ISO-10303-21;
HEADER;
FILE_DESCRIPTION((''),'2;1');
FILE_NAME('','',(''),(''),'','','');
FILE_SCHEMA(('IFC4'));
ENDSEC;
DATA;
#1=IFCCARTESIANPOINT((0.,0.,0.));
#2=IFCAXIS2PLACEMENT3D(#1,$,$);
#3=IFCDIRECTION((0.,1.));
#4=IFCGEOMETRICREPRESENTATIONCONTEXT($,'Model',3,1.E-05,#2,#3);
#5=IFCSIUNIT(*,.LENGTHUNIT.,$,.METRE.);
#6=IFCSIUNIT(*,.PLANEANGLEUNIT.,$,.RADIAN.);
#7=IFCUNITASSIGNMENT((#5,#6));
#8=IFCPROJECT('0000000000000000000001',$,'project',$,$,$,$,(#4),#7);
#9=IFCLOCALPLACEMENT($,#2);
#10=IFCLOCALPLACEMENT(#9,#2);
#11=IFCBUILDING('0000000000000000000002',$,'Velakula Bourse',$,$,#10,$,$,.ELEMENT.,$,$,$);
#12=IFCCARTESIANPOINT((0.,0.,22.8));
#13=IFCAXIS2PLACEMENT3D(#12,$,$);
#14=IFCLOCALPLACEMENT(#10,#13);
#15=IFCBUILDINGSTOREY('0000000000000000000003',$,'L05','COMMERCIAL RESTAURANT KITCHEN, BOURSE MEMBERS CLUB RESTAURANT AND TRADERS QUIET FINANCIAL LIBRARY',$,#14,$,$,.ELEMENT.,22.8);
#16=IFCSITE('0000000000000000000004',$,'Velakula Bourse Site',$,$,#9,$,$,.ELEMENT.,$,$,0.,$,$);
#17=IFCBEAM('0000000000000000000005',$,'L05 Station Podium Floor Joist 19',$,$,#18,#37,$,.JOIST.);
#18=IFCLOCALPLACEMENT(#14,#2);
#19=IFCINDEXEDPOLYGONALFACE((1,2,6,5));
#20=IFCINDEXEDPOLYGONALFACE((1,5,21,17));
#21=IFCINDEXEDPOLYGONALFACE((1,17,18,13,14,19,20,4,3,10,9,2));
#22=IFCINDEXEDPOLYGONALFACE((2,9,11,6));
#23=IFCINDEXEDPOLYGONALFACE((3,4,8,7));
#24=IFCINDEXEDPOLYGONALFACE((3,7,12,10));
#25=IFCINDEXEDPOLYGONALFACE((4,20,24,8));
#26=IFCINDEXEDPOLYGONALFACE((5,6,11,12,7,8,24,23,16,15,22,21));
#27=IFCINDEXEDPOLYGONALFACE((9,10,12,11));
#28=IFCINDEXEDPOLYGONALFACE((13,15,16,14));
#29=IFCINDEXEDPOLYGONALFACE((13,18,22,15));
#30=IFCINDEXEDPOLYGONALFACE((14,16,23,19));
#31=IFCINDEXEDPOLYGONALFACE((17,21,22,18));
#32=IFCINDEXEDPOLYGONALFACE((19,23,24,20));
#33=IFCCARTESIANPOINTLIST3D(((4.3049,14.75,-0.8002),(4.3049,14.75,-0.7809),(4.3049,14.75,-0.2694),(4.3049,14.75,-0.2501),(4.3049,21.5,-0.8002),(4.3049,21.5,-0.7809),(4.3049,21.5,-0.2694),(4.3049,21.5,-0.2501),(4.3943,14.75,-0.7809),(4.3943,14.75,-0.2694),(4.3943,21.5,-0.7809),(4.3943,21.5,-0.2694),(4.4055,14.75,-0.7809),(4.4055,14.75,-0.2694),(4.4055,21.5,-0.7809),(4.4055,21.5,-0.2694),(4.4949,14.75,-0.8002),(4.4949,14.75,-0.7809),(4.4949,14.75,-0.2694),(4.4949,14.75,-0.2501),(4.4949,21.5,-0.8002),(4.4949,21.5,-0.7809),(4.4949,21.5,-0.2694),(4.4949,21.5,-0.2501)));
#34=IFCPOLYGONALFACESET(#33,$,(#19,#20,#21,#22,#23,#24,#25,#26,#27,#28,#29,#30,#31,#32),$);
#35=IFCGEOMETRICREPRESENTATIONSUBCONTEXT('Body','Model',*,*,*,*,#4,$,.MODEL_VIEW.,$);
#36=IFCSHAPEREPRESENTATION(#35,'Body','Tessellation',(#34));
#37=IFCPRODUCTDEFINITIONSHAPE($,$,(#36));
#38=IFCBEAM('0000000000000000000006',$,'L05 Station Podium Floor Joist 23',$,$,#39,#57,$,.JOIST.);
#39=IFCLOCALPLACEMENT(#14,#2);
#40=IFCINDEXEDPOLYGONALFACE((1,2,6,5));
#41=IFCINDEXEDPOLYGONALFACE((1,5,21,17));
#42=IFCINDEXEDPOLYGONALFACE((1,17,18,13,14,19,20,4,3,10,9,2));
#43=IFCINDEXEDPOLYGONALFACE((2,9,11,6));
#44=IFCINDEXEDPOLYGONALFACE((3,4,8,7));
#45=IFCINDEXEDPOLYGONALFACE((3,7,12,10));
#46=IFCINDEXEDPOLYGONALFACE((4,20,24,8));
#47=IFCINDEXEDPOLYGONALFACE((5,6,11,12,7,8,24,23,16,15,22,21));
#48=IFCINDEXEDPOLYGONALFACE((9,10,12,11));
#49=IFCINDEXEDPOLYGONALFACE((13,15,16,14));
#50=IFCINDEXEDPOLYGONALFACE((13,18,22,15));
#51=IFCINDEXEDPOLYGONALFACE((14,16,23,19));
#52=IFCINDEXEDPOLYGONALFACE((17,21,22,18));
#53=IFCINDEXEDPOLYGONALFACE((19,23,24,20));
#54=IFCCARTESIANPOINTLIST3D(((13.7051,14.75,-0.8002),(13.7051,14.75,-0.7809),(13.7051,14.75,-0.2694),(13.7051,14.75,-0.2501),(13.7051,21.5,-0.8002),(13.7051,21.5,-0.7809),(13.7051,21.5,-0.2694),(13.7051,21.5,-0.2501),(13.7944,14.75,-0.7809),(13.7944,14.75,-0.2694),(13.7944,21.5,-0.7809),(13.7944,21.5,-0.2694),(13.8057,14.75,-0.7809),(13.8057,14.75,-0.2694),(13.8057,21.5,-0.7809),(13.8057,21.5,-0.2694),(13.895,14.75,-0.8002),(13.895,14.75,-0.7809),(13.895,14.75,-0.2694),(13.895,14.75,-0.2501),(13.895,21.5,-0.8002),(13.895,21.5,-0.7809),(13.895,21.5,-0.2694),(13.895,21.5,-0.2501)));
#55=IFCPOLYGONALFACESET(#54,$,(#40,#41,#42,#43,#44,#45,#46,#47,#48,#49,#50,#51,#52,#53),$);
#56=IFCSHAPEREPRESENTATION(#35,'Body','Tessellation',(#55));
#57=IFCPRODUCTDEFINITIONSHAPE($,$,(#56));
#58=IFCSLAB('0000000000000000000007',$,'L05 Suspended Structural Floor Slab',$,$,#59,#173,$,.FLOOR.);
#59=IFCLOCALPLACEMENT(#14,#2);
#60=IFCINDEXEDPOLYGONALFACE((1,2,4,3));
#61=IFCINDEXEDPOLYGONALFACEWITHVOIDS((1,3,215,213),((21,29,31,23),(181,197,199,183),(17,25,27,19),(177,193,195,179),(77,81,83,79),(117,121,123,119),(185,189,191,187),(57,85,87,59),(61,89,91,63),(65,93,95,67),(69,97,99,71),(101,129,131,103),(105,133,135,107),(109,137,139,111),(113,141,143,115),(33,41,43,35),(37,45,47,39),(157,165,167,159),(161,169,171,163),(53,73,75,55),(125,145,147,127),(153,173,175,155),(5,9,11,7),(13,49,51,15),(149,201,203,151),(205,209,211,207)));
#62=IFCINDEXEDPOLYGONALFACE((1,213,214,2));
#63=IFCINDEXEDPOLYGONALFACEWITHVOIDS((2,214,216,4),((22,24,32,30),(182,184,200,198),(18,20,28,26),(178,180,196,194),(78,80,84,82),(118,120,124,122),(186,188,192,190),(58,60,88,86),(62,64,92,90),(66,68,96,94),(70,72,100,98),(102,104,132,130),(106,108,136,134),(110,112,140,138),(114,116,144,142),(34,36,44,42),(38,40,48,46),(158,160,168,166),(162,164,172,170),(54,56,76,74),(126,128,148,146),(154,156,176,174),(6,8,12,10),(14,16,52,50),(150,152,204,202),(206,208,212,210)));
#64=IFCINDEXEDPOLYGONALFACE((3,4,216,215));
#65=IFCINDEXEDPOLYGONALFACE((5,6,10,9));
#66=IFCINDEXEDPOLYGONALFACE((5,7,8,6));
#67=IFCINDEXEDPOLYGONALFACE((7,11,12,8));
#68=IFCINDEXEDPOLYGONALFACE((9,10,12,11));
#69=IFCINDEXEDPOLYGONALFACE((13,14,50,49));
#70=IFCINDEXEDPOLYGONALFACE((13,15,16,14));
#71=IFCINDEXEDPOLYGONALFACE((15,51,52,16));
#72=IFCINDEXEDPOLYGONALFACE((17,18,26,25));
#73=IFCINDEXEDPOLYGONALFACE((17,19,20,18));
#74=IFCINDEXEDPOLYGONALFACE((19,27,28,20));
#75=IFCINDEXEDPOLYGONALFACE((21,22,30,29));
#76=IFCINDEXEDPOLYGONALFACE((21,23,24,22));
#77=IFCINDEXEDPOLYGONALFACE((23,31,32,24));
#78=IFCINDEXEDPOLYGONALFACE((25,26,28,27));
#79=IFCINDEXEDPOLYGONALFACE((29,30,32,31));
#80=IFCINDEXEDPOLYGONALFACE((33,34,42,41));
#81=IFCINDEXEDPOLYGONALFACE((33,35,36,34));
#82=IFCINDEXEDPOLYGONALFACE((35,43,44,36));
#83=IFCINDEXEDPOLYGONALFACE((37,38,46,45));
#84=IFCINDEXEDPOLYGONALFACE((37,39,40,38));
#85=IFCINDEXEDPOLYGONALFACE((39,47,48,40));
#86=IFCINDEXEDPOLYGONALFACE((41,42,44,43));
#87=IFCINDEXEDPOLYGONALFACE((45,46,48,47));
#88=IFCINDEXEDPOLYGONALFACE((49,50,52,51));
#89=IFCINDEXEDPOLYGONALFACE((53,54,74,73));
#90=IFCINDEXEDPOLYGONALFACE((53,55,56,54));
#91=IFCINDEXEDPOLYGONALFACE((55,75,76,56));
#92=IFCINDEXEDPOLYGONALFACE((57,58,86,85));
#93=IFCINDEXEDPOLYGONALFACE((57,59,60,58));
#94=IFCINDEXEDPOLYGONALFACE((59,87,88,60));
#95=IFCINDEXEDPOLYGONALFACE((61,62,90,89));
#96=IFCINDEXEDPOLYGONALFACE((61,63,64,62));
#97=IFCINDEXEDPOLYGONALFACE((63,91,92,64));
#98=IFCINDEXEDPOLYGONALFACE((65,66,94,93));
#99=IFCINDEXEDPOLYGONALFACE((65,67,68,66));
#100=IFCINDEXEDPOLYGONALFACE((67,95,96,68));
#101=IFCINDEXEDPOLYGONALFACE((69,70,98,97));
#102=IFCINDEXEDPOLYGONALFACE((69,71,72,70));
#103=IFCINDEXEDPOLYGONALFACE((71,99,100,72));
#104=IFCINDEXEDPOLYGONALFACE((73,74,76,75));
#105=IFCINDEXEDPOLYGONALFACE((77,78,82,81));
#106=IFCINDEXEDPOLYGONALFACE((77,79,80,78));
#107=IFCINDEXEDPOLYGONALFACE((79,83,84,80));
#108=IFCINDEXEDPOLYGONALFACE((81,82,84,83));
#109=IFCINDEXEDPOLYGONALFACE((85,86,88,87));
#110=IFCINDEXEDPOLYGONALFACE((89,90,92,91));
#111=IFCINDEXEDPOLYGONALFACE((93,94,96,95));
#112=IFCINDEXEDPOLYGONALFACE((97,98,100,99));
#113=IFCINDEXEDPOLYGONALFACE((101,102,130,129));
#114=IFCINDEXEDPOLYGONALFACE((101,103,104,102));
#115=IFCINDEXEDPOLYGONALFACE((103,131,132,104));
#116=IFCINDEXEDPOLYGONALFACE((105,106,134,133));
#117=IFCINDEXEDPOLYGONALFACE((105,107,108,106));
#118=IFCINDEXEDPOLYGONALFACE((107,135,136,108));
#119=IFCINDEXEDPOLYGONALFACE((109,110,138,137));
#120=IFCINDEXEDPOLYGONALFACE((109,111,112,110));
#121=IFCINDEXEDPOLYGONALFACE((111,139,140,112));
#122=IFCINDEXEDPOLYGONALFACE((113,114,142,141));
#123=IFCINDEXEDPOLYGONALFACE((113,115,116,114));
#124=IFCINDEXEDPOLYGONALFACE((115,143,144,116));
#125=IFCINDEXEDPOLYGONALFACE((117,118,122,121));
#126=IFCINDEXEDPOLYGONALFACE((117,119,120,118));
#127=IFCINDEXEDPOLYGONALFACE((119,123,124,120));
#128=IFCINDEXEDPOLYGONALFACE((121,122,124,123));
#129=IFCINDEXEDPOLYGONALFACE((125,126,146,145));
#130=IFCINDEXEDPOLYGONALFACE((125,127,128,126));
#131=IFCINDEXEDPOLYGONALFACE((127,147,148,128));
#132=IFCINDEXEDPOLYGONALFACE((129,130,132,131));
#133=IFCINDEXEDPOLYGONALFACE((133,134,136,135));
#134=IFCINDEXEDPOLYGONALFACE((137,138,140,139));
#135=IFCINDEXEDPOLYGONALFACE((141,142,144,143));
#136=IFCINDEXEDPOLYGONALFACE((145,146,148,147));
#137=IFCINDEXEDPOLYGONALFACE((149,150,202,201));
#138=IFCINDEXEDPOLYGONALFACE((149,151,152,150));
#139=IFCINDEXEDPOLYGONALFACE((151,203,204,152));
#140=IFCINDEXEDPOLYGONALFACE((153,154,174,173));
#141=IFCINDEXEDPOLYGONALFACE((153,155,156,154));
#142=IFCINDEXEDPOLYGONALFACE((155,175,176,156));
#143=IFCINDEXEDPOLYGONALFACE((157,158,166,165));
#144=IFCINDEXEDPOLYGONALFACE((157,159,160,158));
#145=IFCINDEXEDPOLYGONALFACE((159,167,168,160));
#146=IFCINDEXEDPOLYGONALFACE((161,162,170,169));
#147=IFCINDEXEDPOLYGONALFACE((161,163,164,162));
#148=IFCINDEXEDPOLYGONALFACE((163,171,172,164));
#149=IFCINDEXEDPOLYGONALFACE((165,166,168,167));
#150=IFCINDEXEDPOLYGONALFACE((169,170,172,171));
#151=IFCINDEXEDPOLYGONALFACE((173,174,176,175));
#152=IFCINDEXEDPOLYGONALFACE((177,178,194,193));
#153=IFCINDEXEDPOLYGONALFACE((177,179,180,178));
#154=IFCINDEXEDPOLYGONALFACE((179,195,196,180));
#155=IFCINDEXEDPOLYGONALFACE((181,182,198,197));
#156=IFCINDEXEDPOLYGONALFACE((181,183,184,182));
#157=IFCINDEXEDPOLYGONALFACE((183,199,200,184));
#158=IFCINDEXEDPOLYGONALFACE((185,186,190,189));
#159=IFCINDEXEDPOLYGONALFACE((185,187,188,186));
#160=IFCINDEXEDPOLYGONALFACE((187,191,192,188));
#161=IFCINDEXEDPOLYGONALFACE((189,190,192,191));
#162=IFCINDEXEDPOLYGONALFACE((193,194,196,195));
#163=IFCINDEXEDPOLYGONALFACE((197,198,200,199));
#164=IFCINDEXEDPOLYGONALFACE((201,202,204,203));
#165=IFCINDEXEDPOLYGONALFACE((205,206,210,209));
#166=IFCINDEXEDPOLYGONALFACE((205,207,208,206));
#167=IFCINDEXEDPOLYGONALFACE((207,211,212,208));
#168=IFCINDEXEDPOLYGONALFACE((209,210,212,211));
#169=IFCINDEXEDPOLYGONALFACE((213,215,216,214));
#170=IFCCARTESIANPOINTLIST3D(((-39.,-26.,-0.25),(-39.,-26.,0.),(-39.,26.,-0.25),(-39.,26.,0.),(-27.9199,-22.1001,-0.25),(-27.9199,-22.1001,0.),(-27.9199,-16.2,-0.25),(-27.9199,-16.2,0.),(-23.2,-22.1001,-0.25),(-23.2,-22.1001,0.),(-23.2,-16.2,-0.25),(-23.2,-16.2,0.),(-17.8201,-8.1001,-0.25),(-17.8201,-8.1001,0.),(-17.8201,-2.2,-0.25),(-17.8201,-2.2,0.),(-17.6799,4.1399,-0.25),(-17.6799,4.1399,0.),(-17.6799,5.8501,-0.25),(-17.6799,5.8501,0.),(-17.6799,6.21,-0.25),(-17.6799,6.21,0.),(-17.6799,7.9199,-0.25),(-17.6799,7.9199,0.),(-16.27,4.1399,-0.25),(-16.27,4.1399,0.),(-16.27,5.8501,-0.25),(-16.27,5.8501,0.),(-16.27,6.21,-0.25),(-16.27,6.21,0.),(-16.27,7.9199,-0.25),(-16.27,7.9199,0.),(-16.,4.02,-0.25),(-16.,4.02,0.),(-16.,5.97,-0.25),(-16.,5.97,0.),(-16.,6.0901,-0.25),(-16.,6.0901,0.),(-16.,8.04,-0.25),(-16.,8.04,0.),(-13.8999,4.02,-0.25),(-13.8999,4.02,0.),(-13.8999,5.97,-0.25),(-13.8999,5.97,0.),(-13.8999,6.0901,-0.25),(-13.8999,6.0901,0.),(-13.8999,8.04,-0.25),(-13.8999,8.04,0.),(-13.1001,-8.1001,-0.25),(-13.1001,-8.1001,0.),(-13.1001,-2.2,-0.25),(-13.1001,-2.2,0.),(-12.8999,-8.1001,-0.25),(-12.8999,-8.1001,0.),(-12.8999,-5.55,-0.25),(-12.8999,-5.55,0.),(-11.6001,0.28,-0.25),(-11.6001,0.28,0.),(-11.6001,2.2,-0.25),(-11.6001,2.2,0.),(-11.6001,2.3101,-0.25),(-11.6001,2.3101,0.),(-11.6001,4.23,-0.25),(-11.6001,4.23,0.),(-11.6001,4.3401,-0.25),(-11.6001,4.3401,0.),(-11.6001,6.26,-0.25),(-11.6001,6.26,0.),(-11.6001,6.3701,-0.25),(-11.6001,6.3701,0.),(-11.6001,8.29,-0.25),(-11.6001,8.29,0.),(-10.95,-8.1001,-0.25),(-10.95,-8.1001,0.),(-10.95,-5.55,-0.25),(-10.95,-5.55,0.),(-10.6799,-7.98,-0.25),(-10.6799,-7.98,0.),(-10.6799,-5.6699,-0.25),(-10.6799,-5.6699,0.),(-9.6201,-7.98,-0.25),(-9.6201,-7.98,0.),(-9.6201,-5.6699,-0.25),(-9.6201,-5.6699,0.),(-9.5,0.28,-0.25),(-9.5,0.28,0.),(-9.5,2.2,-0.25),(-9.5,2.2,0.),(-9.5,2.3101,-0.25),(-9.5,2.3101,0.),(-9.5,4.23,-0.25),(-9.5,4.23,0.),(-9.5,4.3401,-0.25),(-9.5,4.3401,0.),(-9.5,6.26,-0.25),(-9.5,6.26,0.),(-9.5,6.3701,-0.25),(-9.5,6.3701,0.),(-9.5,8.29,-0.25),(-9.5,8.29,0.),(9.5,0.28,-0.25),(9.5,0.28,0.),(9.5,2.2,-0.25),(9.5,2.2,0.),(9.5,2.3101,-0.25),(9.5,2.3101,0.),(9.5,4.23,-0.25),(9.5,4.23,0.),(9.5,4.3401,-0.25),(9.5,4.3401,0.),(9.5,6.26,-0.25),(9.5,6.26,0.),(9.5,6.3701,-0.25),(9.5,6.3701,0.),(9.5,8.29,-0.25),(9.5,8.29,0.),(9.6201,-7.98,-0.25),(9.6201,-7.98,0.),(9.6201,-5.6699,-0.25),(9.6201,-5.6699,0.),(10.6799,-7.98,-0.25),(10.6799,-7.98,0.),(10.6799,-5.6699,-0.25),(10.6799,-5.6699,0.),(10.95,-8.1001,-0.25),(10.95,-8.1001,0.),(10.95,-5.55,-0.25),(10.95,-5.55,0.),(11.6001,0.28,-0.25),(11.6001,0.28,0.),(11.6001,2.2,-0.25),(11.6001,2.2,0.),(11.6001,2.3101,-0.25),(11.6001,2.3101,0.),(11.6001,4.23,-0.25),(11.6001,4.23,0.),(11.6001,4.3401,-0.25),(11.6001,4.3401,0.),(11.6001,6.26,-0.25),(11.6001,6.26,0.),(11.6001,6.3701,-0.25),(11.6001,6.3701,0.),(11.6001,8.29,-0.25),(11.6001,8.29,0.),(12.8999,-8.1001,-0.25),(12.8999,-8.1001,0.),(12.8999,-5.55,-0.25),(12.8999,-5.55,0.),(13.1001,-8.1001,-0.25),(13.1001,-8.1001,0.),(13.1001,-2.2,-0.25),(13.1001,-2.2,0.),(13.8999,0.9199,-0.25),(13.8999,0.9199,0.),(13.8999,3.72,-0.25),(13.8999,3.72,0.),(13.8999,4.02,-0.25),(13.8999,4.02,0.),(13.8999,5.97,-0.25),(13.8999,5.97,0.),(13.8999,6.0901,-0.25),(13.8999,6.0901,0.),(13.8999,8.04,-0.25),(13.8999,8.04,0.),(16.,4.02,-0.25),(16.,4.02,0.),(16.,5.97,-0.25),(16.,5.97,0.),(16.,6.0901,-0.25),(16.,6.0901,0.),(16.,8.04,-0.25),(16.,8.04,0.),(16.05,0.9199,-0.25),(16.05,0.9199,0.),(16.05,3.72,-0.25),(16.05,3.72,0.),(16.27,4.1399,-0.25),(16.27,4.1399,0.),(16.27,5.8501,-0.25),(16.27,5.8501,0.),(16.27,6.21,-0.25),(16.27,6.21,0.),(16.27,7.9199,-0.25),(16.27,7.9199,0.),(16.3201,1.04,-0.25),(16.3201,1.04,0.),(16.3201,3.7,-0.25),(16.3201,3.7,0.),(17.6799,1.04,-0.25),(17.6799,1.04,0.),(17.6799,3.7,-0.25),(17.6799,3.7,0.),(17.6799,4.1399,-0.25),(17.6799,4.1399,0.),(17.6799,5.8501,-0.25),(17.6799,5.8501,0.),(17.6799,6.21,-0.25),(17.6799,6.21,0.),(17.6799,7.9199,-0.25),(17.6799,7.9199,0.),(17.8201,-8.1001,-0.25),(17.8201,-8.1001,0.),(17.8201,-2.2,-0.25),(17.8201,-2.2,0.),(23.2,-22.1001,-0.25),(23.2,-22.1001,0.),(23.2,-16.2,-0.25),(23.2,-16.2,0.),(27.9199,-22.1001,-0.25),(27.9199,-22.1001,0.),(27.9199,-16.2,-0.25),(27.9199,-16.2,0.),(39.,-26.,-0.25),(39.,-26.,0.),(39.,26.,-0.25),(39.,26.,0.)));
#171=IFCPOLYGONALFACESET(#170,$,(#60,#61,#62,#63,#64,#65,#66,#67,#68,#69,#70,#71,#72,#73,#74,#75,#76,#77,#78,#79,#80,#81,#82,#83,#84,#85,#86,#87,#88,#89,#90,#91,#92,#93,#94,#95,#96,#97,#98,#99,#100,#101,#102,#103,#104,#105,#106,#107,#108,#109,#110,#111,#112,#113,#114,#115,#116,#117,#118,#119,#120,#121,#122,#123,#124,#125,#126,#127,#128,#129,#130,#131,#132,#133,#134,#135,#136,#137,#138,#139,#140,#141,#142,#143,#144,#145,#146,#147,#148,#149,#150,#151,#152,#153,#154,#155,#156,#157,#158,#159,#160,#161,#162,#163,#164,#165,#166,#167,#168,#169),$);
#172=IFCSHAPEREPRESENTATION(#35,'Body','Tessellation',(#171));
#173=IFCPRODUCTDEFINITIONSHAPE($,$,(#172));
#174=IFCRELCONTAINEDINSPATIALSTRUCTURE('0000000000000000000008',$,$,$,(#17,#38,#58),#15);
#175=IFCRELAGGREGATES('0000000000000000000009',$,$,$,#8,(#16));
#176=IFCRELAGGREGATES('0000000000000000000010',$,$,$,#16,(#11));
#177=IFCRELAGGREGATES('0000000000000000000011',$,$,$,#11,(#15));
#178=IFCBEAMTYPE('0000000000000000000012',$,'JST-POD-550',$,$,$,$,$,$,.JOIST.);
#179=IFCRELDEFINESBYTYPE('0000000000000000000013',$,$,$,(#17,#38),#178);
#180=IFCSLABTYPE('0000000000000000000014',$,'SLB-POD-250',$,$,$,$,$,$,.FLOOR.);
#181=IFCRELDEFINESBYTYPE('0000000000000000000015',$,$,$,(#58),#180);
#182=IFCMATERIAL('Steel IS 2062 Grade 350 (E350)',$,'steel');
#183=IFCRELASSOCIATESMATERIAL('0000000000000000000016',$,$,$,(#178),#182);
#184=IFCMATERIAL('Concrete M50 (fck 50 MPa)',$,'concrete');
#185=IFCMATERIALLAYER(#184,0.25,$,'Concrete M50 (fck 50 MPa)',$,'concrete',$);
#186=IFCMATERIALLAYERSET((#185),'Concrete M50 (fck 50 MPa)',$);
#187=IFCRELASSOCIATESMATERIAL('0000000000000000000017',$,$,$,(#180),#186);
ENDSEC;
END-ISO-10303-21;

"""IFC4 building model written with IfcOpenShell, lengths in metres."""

from ifc_helpers import new_model, si_unit, direction, frame, origin, origin_2d, place, context, subcontext, project, spatial, polyline, i_section, outline, extrude, material, layer, layer_set, material_profile, profile_set, type_object, element, save


model = new_model("IFC4")

# Units and contexts
model_context = context("Model", 3, precision=1e-05, world=origin(), true_north=direction((0.0, 1.0)))
body_context = subcontext(model_context, "Body", "Model", "MODEL_VIEW")
ifc_project = project(units=[si_unit("LENGTHUNIT", "METRE"), si_unit("PLANEANGLEUNIT", "RADIAN")], contexts=[model_context])

# Site, building, storey
site_placement = place(None, origin())
site = spatial("IfcSite", under=ifc_project, at=site_placement, Name="Velakula Bourse Site", CompositionType="ELEMENT", RefElevation=0.0)
building_placement = place(site_placement, origin())
building = spatial("IfcBuilding", under=site, at=building_placement, Name="Velakula Bourse", CompositionType="ELEMENT")
storey_placement = place(building_placement, frame((0.0, 0.0, 22.8)))
storey = spatial("IfcBuildingStorey", under=building, at=storey_placement, Name="L05", Description="COMMERCIAL RESTAURANT KITCHEN, BOURSE MEMBERS CLUB RESTAURANT AND TRADERS QUIET FINANCIAL LIBRARY", CompositionType="ELEMENT", Elevation=22.8)

# Beams
ifc_material_1 = material(Name="Steel IS 2062 Grade 350 (E350)", Category="steel")
ifc_material_profile_1 = material_profile(ifc_material_1, i_section(OverallWidth=0.1899, OverallDepth=0.55, WebThickness=0.0112, FlangeThickness=0.0193, at=origin_2d()), Name="Steel IS 2062 Grade 350 (E350)")
ifc_profile_set_1 = profile_set([ifc_material_profile_1], Name="Steel IS 2062 Grade 350 (E350)")
beam_type_1 = type_object("IfcBeamType", Name="JST-POD-550", PredefinedType="JOIST", material=ifc_profile_set_1)
for number, where, z_axis, x_axis, name in (
    (1, (4.3999, 14.75, -0.5251), (0.0, 1.0, 0.0), (-1.0, 0.0, 0.0), "L05 Station Podium Floor Joist 19"),
    (2, (13.8, 14.75, -0.5251), (0.0, 1.0, 0.0), (-1.0, 0.0, 0.0), "L05 Station Podium Floor Joist 23"),
):
    element("IfcBeam", number, at=place(storey_placement, frame(where, z_axis=z_axis, x_axis=x_axis)), inside=storey, type_object=beam_type_1, Name=name, PredefinedType="JOIST", context=body_context, shape_type="SweptSolid", body=[
        extrude(i_section(OverallWidth=0.1899, OverallDepth=0.55, WebThickness=0.0112, FlangeThickness=0.0193, at=origin_2d()), origin(), (0.0, 0.0, 1.0), 6.75),
    ])

# Slab
ifc_material_2 = material(Name="Concrete M50 (fck 50 MPa)", Category="concrete")
ifc_layer_1 = layer(ifc_material_2, 0.25, Name="Concrete M50 (fck 50 MPa)", Category="concrete")
ifc_layer_set_1 = layer_set([ifc_layer_1], Name="Concrete M50 (fck 50 MPa)")
slab_type_1 = type_object("IfcSlabType", Name="SLB-POD-250", PredefinedType="FLOOR", material=ifc_layer_set_1)
slab_1_placement = place(storey_placement, frame((0.0, 0.0, -0.25)))
element("IfcSlab", 3, at=slab_1_placement, inside=storey, type_object=slab_type_1, Name="L05 Suspended Structural Floor Slab", PredefinedType="FLOOR", context=body_context, shape_type="SweptSolid", body=[
    extrude(outline(polyline([(-39.0, -26.0), (39.0, -26.0), (39.0, 26.0), (-39.0, 26.0), (-39.0, -26.0)]), holes=[polyline([(-17.8201, -8.1001), (-13.1001, -8.1001), (-13.1001, -2.2), (-17.8201, -2.2), (-17.8201, -8.1001)]), polyline([(13.1001, -8.1001), (17.8201, -8.1001), (17.8201, -2.2), (13.1001, -2.2), (13.1001, -8.1001)]), polyline([(-27.9199, -22.1001), (-23.2, -22.1001), (-23.2, -16.2), (-27.9199, -16.2), (-27.9199, -22.1001)]), polyline([(23.2, -22.1001), (27.9199, -22.1001), (27.9199, -16.2), (23.2, -16.2), (23.2, -22.1001)]), polyline([(-12.8999, -8.1001), (-10.95, -8.1001), (-10.95, -5.55), (-12.8999, -5.55), (-12.8999, -8.1001)]), polyline([(10.95, -8.1001), (12.8999, -8.1001), (12.8999, -5.55), (10.95, -5.55), (10.95, -8.1001)]), polyline([(13.8999, 0.9199), (16.05, 0.9199), (16.05, 3.72), (13.8999, 3.72), (13.8999, 0.9199)]), polyline([(-10.6799, -7.98), (-9.6201, -7.98), (-9.6201, -5.6699), (-10.6799, -5.6699), (-10.6799, -7.98)]), polyline([(-17.6799, 4.1399), (-16.27, 4.1399), (-16.27, 5.8501), (-17.6799, 5.8501), (-17.6799, 4.1399)]), polyline([(-17.6799, 6.21), (-16.27, 6.21), (-16.27, 7.9199), (-17.6799, 7.9199), (-17.6799, 6.21)]), polyline([(9.6201, -7.98), (10.6799, -7.98), (10.6799, -5.6699), (9.6201, -5.6699), (9.6201, -7.98)]), polyline([(16.27, 4.1399), (17.6799, 4.1399), (17.6799, 5.8501), (16.27, 5.8501), (16.27, 4.1399)]), polyline([(16.27, 6.21), (17.6799, 6.21), (17.6799, 7.9199), (16.27, 7.9199), (16.27, 6.21)]), polyline([(16.3201, 1.04), (17.6799, 1.04), (17.6799, 3.7), (16.3201, 3.7), (16.3201, 1.04)]), polyline([(-11.6001, 0.28), (-9.5, 0.28), (-9.5, 2.2), (-11.6001, 2.2), (-11.6001, 0.28)]), polyline([(-11.6001, 2.3101), (-9.5, 2.3101), (-9.5, 4.23), (-11.6001, 4.23), (-11.6001, 2.3101)]), polyline([(-11.6001, 4.3401), (-9.5, 4.3401), (-9.5, 6.26), (-11.6001, 6.26), (-11.6001, 4.3401)]), polyline([(-11.6001, 6.3701), (-9.5, 6.3701), (-9.5, 8.29), (-11.6001, 8.29), (-11.6001, 6.3701)]), polyline([(9.5, 0.28), (11.6001, 0.28), (11.6001, 2.2), (9.5, 2.2), (9.5, 0.28)]), polyline([(9.5, 2.3101), (11.6001, 2.3101), (11.6001, 4.23), (9.5, 4.23), (9.5, 2.3101)]), polyline([(9.5, 4.3401), (11.6001, 4.3401), (11.6001, 6.26), (9.5, 6.26), (9.5, 4.3401)]), polyline([(9.5, 6.3701), (11.6001, 6.3701), (11.6001, 8.29), (9.5, 8.29), (9.5, 6.3701)]), polyline([(-16.0, 4.02), (-13.8999, 4.02), (-13.8999, 5.97), (-16.0, 5.97), (-16.0, 4.02)]), polyline([(-16.0, 6.0901), (-13.8999, 6.0901), (-13.8999, 8.04), (-16.0, 8.04), (-16.0, 6.0901)]), polyline([(13.8999, 4.02), (16.0, 4.02), (16.0, 5.97), (13.8999, 5.97), (13.8999, 4.02)]), polyline([(13.8999, 6.0901), (16.0, 6.0901), (16.0, 8.04), (13.8999, 8.04), (13.8999, 6.0901)])]), origin(), (0.0, 0.0, 1.0), 0.25),
])

save(model, "model.ifc")
